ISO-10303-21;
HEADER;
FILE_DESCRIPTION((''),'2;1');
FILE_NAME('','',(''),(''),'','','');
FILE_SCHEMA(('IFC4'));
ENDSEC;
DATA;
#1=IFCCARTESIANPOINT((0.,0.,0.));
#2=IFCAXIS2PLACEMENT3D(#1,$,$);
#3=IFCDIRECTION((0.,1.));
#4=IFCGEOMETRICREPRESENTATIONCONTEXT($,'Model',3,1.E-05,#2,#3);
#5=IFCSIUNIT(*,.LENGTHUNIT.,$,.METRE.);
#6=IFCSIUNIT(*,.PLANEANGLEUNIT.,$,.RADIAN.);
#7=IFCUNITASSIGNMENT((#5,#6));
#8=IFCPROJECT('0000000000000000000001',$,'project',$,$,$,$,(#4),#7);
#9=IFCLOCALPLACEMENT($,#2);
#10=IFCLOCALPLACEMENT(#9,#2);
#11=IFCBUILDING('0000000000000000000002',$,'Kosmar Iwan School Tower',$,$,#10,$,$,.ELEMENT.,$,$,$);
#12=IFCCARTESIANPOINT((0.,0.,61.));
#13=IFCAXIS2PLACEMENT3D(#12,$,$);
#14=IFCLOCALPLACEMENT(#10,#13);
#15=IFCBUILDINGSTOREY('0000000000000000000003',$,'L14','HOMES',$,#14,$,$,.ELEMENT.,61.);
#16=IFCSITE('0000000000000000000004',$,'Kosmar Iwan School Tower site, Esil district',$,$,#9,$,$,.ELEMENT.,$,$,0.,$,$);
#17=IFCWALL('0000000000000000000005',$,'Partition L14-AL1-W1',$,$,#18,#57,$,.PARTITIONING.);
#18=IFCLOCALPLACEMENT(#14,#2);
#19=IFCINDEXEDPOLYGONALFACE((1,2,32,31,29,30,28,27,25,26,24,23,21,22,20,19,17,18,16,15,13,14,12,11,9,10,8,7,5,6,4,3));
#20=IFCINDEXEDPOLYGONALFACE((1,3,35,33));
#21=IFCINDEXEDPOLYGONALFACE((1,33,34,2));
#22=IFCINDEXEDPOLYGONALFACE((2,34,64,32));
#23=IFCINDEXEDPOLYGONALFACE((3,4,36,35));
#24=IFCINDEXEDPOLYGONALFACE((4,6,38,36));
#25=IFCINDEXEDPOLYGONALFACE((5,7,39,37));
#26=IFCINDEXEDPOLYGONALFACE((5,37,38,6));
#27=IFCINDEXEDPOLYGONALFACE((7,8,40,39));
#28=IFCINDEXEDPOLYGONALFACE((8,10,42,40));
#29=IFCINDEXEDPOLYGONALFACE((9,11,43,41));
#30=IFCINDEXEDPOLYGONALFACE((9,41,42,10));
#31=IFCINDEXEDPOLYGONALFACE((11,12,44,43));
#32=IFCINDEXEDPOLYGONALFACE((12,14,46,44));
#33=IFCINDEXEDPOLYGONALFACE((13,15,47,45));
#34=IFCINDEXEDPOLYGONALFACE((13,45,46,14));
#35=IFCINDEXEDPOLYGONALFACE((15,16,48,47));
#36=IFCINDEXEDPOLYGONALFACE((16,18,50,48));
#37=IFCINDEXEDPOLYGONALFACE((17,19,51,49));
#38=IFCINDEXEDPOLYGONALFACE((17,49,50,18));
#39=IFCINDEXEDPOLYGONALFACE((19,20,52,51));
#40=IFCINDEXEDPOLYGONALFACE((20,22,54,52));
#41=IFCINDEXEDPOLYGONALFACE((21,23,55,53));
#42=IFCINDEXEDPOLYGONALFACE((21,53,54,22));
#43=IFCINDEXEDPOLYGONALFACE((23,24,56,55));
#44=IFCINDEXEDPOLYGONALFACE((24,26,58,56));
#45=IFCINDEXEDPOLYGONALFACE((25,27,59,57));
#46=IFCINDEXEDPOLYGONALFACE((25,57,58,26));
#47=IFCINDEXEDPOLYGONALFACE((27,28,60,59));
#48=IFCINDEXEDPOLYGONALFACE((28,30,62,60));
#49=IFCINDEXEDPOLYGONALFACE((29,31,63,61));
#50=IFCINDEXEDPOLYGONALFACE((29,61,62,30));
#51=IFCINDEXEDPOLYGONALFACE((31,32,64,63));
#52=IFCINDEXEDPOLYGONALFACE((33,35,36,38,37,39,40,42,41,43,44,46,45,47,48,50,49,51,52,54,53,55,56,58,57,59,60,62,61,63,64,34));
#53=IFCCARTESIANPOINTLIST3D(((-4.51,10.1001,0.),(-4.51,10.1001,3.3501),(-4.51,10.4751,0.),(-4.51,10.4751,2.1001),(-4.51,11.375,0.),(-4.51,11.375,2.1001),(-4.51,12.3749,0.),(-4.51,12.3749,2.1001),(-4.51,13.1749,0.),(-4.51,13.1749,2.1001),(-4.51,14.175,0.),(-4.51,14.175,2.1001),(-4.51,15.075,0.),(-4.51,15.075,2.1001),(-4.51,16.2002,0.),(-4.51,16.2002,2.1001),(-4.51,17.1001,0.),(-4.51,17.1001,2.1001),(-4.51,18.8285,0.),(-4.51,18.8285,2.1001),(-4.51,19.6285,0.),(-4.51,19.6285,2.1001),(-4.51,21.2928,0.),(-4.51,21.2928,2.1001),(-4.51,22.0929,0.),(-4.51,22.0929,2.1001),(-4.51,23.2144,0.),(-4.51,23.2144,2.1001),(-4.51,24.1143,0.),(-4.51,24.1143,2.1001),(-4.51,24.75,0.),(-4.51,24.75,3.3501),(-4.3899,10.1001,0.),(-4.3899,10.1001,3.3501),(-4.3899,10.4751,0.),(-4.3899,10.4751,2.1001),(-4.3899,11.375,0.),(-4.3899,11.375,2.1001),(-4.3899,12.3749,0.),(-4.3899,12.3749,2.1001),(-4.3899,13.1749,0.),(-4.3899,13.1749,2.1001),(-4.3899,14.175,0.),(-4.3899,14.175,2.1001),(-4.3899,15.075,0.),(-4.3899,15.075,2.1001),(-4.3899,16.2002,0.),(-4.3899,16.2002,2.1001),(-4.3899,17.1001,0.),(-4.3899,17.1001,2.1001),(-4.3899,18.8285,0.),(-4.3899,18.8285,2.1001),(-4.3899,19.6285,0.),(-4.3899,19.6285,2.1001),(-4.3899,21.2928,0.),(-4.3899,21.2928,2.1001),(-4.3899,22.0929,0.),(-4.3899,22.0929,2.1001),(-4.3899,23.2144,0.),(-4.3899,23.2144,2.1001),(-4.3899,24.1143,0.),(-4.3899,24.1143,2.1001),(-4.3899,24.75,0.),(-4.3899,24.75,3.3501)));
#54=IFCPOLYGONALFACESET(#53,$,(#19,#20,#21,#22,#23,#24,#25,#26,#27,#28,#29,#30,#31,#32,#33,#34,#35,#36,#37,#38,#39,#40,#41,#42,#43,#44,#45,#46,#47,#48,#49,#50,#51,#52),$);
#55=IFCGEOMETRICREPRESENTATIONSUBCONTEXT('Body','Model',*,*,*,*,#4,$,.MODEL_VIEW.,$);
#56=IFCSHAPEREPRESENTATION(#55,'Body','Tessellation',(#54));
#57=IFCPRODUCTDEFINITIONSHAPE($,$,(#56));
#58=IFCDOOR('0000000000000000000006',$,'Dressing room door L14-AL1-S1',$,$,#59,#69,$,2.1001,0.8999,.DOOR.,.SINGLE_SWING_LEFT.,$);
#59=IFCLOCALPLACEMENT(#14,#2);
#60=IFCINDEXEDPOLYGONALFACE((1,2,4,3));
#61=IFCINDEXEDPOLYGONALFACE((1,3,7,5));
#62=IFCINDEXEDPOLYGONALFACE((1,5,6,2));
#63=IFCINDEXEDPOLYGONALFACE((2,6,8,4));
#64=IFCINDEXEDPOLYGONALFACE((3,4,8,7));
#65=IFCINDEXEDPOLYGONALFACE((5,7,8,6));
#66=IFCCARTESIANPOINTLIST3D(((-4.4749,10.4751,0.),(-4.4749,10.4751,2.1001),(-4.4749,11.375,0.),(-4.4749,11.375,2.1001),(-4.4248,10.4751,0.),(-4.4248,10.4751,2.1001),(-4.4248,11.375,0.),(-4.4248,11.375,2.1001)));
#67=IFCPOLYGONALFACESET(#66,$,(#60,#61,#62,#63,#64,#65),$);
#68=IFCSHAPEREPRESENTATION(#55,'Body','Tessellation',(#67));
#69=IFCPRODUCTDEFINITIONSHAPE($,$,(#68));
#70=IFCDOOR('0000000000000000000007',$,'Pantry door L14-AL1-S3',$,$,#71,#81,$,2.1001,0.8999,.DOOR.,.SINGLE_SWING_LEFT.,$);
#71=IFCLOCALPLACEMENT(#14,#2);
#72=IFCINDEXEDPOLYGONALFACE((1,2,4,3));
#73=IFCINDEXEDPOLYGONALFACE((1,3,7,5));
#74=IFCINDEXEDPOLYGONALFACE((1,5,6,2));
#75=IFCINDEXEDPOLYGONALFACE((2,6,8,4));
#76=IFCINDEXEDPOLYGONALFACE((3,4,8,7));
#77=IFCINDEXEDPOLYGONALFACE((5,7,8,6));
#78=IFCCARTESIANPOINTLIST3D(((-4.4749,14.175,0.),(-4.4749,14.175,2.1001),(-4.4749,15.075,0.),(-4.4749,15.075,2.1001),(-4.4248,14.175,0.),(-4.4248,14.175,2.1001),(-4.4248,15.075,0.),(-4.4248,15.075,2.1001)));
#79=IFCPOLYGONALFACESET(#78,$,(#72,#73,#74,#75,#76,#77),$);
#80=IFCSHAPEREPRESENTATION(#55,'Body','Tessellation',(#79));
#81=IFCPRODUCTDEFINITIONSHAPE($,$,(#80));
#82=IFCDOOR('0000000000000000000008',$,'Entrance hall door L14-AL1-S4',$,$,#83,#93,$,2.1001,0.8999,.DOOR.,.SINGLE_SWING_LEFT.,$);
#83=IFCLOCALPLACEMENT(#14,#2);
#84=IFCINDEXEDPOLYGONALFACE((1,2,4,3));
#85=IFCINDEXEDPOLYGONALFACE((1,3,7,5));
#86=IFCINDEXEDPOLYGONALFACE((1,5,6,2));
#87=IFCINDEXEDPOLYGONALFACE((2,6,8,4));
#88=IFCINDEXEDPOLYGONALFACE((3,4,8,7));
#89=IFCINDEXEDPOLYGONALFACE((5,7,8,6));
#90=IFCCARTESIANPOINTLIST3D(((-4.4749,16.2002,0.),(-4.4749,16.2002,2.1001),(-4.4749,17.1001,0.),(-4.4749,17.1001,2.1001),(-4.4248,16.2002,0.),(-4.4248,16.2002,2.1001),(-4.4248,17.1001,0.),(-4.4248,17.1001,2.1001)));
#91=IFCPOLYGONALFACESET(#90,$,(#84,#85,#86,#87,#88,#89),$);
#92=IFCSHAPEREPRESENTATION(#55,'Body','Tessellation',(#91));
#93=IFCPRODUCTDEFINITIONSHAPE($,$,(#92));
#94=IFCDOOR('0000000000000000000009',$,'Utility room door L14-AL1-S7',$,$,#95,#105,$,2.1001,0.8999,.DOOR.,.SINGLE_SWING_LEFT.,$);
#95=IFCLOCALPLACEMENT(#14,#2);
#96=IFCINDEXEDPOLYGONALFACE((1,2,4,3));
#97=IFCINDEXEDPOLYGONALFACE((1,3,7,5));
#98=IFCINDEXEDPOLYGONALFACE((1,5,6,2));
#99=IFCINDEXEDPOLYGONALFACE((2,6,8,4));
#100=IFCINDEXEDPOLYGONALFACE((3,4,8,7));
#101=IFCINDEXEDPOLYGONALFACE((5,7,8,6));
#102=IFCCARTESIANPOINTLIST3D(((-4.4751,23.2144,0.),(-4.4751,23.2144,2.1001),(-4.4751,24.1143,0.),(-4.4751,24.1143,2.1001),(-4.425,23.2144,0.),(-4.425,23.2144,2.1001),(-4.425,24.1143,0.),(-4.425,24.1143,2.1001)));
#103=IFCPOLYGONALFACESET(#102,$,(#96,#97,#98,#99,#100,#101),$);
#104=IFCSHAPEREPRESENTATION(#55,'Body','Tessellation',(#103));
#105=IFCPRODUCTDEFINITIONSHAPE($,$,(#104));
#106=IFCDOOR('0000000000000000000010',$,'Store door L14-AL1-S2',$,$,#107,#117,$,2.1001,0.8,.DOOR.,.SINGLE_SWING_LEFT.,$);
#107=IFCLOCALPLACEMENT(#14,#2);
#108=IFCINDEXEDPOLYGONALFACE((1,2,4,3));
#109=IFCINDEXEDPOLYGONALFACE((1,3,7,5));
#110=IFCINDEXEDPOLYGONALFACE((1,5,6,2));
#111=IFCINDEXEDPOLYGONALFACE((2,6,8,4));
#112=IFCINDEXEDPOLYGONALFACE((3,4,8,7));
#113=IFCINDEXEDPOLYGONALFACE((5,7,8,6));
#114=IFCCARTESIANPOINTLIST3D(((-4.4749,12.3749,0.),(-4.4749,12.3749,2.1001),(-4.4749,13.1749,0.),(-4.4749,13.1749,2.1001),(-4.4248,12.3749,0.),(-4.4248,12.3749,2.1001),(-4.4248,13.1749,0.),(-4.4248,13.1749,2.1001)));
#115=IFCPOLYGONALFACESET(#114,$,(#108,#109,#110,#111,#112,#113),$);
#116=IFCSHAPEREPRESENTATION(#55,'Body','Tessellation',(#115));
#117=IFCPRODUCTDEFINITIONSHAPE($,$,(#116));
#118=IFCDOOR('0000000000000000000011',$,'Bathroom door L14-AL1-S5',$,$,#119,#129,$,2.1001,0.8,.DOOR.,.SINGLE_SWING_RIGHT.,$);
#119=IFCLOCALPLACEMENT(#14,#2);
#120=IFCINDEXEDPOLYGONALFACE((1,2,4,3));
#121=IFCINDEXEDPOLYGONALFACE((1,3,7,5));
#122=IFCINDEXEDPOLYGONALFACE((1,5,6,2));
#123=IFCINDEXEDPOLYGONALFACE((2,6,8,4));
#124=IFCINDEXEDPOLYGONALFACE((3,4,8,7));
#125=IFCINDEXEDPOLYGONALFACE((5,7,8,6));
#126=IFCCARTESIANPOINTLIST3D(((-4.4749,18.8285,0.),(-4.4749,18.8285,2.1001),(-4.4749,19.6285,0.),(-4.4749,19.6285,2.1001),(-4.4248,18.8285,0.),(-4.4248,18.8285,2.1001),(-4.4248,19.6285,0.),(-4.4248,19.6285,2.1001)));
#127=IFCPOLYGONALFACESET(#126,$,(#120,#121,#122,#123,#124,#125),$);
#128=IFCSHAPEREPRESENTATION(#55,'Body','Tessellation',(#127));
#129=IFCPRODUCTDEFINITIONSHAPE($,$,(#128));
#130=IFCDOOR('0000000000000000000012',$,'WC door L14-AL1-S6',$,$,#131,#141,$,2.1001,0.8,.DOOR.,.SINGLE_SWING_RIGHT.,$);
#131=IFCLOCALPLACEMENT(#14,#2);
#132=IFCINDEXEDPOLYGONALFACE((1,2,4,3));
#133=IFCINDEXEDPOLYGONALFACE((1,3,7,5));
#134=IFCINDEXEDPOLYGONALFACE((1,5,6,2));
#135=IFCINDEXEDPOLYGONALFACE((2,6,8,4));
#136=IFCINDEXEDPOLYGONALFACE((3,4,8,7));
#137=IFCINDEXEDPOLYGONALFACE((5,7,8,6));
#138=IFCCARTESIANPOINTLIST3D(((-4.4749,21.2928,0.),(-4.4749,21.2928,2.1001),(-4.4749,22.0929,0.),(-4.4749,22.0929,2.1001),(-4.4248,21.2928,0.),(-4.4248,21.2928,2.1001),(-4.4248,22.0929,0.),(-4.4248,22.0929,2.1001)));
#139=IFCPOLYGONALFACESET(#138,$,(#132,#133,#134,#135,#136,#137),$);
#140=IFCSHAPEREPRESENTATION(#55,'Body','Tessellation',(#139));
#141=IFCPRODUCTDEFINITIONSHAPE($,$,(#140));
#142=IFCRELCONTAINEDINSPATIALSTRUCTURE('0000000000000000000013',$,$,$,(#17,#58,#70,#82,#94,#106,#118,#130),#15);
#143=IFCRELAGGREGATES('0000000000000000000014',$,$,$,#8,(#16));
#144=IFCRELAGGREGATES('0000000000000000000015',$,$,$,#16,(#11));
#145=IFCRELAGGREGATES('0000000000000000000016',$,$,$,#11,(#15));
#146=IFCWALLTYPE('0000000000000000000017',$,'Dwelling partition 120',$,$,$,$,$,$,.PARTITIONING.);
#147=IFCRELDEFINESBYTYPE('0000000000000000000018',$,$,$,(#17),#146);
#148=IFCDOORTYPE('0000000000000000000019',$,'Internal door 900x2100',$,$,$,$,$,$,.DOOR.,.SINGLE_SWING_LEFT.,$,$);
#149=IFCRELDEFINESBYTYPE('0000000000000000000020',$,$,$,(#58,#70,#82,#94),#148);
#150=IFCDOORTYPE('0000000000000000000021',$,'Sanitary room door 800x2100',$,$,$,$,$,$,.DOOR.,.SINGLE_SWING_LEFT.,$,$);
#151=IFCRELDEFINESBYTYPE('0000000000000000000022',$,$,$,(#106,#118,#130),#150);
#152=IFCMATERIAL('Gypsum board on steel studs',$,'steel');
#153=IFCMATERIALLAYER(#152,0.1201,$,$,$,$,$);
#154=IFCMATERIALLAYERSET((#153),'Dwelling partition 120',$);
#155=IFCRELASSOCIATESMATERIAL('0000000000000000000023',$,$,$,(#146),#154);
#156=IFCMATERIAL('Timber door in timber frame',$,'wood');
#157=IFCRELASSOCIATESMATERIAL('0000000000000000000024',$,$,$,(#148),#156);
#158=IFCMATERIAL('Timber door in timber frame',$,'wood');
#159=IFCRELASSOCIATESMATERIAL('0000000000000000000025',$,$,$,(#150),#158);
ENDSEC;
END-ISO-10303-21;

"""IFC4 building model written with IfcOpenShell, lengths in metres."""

from ifc_helpers import new_model, si_unit, direction, frame, frame_2d, origin, place, context, subcontext, project, spatial, rectangle, extrude, material, layer, layer_set, type_object, element, fill, save


model = new_model("IFC4")

# Units and contexts
model_context = context("Model", 3, precision=1e-05, world=origin(), true_north=direction((0.0, 1.0)))
body_context = subcontext(model_context, "Body", "Model", "MODEL_VIEW")
ifc_project = project(units=[si_unit("LENGTHUNIT", "METRE"), si_unit("PLANEANGLEUNIT", "RADIAN")], contexts=[model_context])

# Site, building, storey
site_placement = place(None, origin())
site = spatial("IfcSite", under=ifc_project, at=site_placement, Name="Kosmar Iwan School Tower site, Esil district", CompositionType="ELEMENT", RefElevation=0.0)
building_placement = place(site_placement, origin())
building = spatial("IfcBuilding", under=site, at=building_placement, Name="Kosmar Iwan School Tower", CompositionType="ELEMENT")
storey_placement = place(building_placement, frame((0.0, 0.0, 61.0)))
storey = spatial("IfcBuildingStorey", under=building, at=storey_placement, Name="L14", Description="HOMES", CompositionType="ELEMENT", Elevation=61.0)

# Wall, openings, doors
ifc_material_1 = material(Name="Gypsum board on steel studs", Category="steel")
ifc_layer_1 = layer(ifc_material_1, 0.1201)
ifc_layer_set_1 = layer_set([ifc_layer_1], Name="Dwelling partition 120")
wall_type_1 = type_object("IfcWallType", Name="Dwelling partition 120", PredefinedType="PARTITIONING", material=ifc_layer_set_1)
wall_1_placement = place(storey_placement, frame((-4.45, 10.1001, 0.0), z_axis=(0.0, 0.0, 1.0), x_axis=(0.0, 1.0, 0.0)))
wall_1 = element("IfcWall", 1, at=wall_1_placement, inside=storey, type_object=wall_type_1, Name="Partition L14-AL1-W1", PredefinedType="PARTITIONING", context=body_context, shape_type="SweptSolid", body=[
    extrude(rectangle(XDim=14.6499, YDim=0.1201, at=frame_2d((7.325, 0.0))), origin(), (0.0, 0.0, 1.0), 3.3501),
])
opening_1_placement = place(wall_1_placement, frame((0.375, 0.0, 0.0)))
opening_1 = element("IfcOpeningElement", 2, at=opening_1_placement, cuts=wall_1, PredefinedType="OPENING", context=body_context, shape_type="SweptSolid", body=[
    extrude(rectangle(XDim=0.8999, YDim=2.1001, at=frame_2d((0.45, 1.05))), frame((0.0, 0.072, 0.0), z_axis=(0.0, -1.0, 0.0), x_axis=(1.0, 0.0, 0.0)), (0.0, 0.0, 1.0), 0.144),
])
opening_2_placement = place(wall_1_placement, frame((2.2749, 0.0, 0.0)))
opening_2 = element("IfcOpeningElement", 3, at=opening_2_placement, cuts=wall_1, PredefinedType="OPENING", context=body_context, shape_type="SweptSolid", body=[
    extrude(rectangle(XDim=0.8, YDim=2.1001, at=frame_2d((0.3999, 1.05))), frame((0.0, 0.072, 0.0), z_axis=(0.0, -1.0, 0.0), x_axis=(1.0, 0.0, 0.0)), (0.0, 0.0, 1.0), 0.144),
])
opening_3_placement = place(wall_1_placement, frame((4.075, 0.0, 0.0)))
opening_3 = element("IfcOpeningElement", 4, at=opening_3_placement, cuts=wall_1, PredefinedType="OPENING", context=body_context, shape_type="SweptSolid", body=[
    extrude(rectangle(XDim=0.8999, YDim=2.1001, at=frame_2d((0.45, 1.05))), frame((0.0, 0.072, 0.0), z_axis=(0.0, -1.0, 0.0), x_axis=(1.0, 0.0, 0.0)), (0.0, 0.0, 1.0), 0.144),
])
opening_4_placement = place(wall_1_placement, frame((6.1001, 0.0, 0.0)))
opening_4 = element("IfcOpeningElement", 5, at=opening_4_placement, cuts=wall_1, PredefinedType="OPENING", context=body_context, shape_type="SweptSolid", body=[
    extrude(rectangle(XDim=0.8999, YDim=2.1001, at=frame_2d((0.45, 1.05))), frame((0.0, 0.072, 0.0), z_axis=(0.0, -1.0, 0.0), x_axis=(1.0, 0.0, 0.0)), (0.0, 0.0, 1.0), 0.144),
])
opening_5_placement = place(wall_1_placement, frame((8.7285, 0.0, 0.0)))
opening_5 = element("IfcOpeningElement", 6, at=opening_5_placement, cuts=wall_1, PredefinedType="OPENING", context=body_context, shape_type="SweptSolid", body=[
    extrude(rectangle(XDim=0.8, YDim=2.1001, at=frame_2d((0.3999, 1.05))), frame((0.0, 0.072, 0.0), z_axis=(0.0, -1.0, 0.0), x_axis=(1.0, 0.0, 0.0)), (0.0, 0.0, 1.0), 0.144),
])
opening_6_placement = place(wall_1_placement, frame((11.1929, 0.0, 0.0)))
opening_6 = element("IfcOpeningElement", 7, at=opening_6_placement, cuts=wall_1, PredefinedType="OPENING", context=body_context, shape_type="SweptSolid", body=[
    extrude(rectangle(XDim=0.8, YDim=2.1001, at=frame_2d((0.3999, 1.05))), frame((0.0, 0.072, 0.0), z_axis=(0.0, -1.0, 0.0), x_axis=(1.0, 0.0, 0.0)), (0.0, 0.0, 1.0), 0.144),
])
opening_7_placement = place(wall_1_placement, frame((13.1143, 0.0, 0.0)))
opening_7 = element("IfcOpeningElement", 8, at=opening_7_placement, cuts=wall_1, PredefinedType="OPENING", context=body_context, shape_type="SweptSolid", body=[
    extrude(rectangle(XDim=0.8999, YDim=2.1001, at=frame_2d((0.45, 1.05))), frame((0.0, 0.072, 0.0), z_axis=(0.0, -1.0, 0.0), x_axis=(1.0, 0.0, 0.0)), (0.0, 0.0, 1.0), 0.144),
])
ifc_material_2 = material(Name="Timber door in timber frame", Category="wood")
door_type_1 = type_object("IfcDoorType", Name="Internal door 900x2100", OperationType="SINGLE_SWING_LEFT", PredefinedType="DOOR", material=ifc_material_2)
door_1_placement = place(opening_1_placement, origin())
door_1 = element("IfcDoor", 9, at=door_1_placement, inside=storey, type_object=door_type_1, Name="Dressing room door L14-AL1-S1", OperationType="SINGLE_SWING_LEFT", OverallHeight=2.1001, OverallWidth=0.8999, PredefinedType="DOOR", context=body_context, shape_type="SweptSolid", body=[
    extrude(rectangle(XDim=0.8999, YDim=2.1001, at=frame_2d((0.45, 1.05))), frame((0.0, 0.0249, 0.0), z_axis=(0.0, -1.0, 0.0), x_axis=(1.0, 0.0, 0.0)), (0.0, 0.0, 1.0), 0.05),
])
fill(opening_1, door_1)
door_2_placement = place(opening_3_placement, origin())
door_2 = element("IfcDoor", 10, at=door_2_placement, inside=storey, type_object=door_type_1, Name="Pantry door L14-AL1-S3", OperationType="SINGLE_SWING_LEFT", OverallHeight=2.1001, OverallWidth=0.8999, PredefinedType="DOOR", context=body_context, shape_type="SweptSolid", body=[
    extrude(rectangle(XDim=0.8999, YDim=2.1001, at=frame_2d((0.45, 1.05))), frame((0.0, 0.0249, 0.0), z_axis=(0.0, -1.0, 0.0), x_axis=(1.0, 0.0, 0.0)), (0.0, 0.0, 1.0), 0.05),
])
fill(opening_3, door_2)
door_3_placement = place(opening_4_placement, origin())
door_3 = element("IfcDoor", 11, at=door_3_placement, inside=storey, type_object=door_type_1, Name="Entrance hall door L14-AL1-S4", OperationType="SINGLE_SWING_LEFT", OverallHeight=2.1001, OverallWidth=0.8999, PredefinedType="DOOR", context=body_context, shape_type="SweptSolid", body=[
    extrude(rectangle(XDim=0.8999, YDim=2.1001, at=frame_2d((0.45, 1.05))), frame((0.0, 0.0249, 0.0), z_axis=(0.0, -1.0, 0.0), x_axis=(1.0, 0.0, 0.0)), (0.0, 0.0, 1.0), 0.05),
])
fill(opening_4, door_3)
door_4_placement = place(opening_7_placement, frame((0.8999, 0.0, 0.0), z_axis=(0.0, 0.0, 1.0), x_axis=(-1.0, 0.0, 0.0)))
door_4 = element("IfcDoor", 12, at=door_4_placement, inside=storey, type_object=door_type_1, Name="Utility room door L14-AL1-S7", OperationType="SINGLE_SWING_LEFT", OverallHeight=2.1001, OverallWidth=0.8999, PredefinedType="DOOR", context=body_context, shape_type="SweptSolid", body=[
    extrude(rectangle(XDim=0.8999, YDim=2.1001, at=frame_2d((0.45, 1.05))), frame((0.0, 0.0249, 0.0), z_axis=(0.0, -1.0, 0.0), x_axis=(1.0, 0.0, 0.0)), (0.0, 0.0, 1.0), 0.05),
])
fill(opening_7, door_4)
ifc_material_3 = material(Name="Timber door in timber frame", Category="wood")
door_type_2 = type_object("IfcDoorType", Name="Sanitary room door 800x2100", OperationType="SINGLE_SWING_LEFT", PredefinedType="DOOR", material=ifc_material_3)
door_5_placement = place(opening_2_placement, origin())
door_5 = element("IfcDoor", 13, at=door_5_placement, inside=storey, type_object=door_type_2, Name="Store door L14-AL1-S2", OperationType="SINGLE_SWING_LEFT", OverallHeight=2.1001, OverallWidth=0.8, PredefinedType="DOOR", context=body_context, shape_type="SweptSolid", body=[
    extrude(rectangle(XDim=0.8, YDim=2.1001, at=frame_2d((0.3999, 1.05))), frame((0.0, 0.0249, 0.0), z_axis=(0.0, -1.0, 0.0), x_axis=(1.0, 0.0, 0.0)), (0.0, 0.0, 1.0), 0.05),
])
fill(opening_2, door_5)
door_6_placement = place(opening_5_placement, origin())
door_6 = element("IfcDoor", 14, at=door_6_placement, inside=storey, type_object=door_type_2, Name="Bathroom door L14-AL1-S5", OperationType="SINGLE_SWING_RIGHT", OverallHeight=2.1001, OverallWidth=0.8, PredefinedType="DOOR", context=body_context, shape_type="SweptSolid", body=[
    extrude(rectangle(XDim=0.8, YDim=2.1001, at=frame_2d((0.3999, 1.05))), frame((0.0, 0.0249, 0.0), z_axis=(0.0, -1.0, 0.0), x_axis=(1.0, 0.0, 0.0)), (0.0, 0.0, 1.0), 0.05),
])
fill(opening_5, door_6)
door_7_placement = place(opening_6_placement, origin())
door_7 = element("IfcDoor", 15, at=door_7_placement, inside=storey, type_object=door_type_2, Name="WC door L14-AL1-S6", OperationType="SINGLE_SWING_RIGHT", OverallHeight=2.1001, OverallWidth=0.8, PredefinedType="DOOR", context=body_context, shape_type="SweptSolid", body=[
    extrude(rectangle(XDim=0.8, YDim=2.1001, at=frame_2d((0.3999, 1.05))), frame((0.0, 0.0249, 0.0), z_axis=(0.0, -1.0, 0.0), x_axis=(1.0, 0.0, 0.0)), (0.0, 0.0, 1.0), 0.05),
])
fill(opening_6, door_7)

save(model, "model.ifc")
